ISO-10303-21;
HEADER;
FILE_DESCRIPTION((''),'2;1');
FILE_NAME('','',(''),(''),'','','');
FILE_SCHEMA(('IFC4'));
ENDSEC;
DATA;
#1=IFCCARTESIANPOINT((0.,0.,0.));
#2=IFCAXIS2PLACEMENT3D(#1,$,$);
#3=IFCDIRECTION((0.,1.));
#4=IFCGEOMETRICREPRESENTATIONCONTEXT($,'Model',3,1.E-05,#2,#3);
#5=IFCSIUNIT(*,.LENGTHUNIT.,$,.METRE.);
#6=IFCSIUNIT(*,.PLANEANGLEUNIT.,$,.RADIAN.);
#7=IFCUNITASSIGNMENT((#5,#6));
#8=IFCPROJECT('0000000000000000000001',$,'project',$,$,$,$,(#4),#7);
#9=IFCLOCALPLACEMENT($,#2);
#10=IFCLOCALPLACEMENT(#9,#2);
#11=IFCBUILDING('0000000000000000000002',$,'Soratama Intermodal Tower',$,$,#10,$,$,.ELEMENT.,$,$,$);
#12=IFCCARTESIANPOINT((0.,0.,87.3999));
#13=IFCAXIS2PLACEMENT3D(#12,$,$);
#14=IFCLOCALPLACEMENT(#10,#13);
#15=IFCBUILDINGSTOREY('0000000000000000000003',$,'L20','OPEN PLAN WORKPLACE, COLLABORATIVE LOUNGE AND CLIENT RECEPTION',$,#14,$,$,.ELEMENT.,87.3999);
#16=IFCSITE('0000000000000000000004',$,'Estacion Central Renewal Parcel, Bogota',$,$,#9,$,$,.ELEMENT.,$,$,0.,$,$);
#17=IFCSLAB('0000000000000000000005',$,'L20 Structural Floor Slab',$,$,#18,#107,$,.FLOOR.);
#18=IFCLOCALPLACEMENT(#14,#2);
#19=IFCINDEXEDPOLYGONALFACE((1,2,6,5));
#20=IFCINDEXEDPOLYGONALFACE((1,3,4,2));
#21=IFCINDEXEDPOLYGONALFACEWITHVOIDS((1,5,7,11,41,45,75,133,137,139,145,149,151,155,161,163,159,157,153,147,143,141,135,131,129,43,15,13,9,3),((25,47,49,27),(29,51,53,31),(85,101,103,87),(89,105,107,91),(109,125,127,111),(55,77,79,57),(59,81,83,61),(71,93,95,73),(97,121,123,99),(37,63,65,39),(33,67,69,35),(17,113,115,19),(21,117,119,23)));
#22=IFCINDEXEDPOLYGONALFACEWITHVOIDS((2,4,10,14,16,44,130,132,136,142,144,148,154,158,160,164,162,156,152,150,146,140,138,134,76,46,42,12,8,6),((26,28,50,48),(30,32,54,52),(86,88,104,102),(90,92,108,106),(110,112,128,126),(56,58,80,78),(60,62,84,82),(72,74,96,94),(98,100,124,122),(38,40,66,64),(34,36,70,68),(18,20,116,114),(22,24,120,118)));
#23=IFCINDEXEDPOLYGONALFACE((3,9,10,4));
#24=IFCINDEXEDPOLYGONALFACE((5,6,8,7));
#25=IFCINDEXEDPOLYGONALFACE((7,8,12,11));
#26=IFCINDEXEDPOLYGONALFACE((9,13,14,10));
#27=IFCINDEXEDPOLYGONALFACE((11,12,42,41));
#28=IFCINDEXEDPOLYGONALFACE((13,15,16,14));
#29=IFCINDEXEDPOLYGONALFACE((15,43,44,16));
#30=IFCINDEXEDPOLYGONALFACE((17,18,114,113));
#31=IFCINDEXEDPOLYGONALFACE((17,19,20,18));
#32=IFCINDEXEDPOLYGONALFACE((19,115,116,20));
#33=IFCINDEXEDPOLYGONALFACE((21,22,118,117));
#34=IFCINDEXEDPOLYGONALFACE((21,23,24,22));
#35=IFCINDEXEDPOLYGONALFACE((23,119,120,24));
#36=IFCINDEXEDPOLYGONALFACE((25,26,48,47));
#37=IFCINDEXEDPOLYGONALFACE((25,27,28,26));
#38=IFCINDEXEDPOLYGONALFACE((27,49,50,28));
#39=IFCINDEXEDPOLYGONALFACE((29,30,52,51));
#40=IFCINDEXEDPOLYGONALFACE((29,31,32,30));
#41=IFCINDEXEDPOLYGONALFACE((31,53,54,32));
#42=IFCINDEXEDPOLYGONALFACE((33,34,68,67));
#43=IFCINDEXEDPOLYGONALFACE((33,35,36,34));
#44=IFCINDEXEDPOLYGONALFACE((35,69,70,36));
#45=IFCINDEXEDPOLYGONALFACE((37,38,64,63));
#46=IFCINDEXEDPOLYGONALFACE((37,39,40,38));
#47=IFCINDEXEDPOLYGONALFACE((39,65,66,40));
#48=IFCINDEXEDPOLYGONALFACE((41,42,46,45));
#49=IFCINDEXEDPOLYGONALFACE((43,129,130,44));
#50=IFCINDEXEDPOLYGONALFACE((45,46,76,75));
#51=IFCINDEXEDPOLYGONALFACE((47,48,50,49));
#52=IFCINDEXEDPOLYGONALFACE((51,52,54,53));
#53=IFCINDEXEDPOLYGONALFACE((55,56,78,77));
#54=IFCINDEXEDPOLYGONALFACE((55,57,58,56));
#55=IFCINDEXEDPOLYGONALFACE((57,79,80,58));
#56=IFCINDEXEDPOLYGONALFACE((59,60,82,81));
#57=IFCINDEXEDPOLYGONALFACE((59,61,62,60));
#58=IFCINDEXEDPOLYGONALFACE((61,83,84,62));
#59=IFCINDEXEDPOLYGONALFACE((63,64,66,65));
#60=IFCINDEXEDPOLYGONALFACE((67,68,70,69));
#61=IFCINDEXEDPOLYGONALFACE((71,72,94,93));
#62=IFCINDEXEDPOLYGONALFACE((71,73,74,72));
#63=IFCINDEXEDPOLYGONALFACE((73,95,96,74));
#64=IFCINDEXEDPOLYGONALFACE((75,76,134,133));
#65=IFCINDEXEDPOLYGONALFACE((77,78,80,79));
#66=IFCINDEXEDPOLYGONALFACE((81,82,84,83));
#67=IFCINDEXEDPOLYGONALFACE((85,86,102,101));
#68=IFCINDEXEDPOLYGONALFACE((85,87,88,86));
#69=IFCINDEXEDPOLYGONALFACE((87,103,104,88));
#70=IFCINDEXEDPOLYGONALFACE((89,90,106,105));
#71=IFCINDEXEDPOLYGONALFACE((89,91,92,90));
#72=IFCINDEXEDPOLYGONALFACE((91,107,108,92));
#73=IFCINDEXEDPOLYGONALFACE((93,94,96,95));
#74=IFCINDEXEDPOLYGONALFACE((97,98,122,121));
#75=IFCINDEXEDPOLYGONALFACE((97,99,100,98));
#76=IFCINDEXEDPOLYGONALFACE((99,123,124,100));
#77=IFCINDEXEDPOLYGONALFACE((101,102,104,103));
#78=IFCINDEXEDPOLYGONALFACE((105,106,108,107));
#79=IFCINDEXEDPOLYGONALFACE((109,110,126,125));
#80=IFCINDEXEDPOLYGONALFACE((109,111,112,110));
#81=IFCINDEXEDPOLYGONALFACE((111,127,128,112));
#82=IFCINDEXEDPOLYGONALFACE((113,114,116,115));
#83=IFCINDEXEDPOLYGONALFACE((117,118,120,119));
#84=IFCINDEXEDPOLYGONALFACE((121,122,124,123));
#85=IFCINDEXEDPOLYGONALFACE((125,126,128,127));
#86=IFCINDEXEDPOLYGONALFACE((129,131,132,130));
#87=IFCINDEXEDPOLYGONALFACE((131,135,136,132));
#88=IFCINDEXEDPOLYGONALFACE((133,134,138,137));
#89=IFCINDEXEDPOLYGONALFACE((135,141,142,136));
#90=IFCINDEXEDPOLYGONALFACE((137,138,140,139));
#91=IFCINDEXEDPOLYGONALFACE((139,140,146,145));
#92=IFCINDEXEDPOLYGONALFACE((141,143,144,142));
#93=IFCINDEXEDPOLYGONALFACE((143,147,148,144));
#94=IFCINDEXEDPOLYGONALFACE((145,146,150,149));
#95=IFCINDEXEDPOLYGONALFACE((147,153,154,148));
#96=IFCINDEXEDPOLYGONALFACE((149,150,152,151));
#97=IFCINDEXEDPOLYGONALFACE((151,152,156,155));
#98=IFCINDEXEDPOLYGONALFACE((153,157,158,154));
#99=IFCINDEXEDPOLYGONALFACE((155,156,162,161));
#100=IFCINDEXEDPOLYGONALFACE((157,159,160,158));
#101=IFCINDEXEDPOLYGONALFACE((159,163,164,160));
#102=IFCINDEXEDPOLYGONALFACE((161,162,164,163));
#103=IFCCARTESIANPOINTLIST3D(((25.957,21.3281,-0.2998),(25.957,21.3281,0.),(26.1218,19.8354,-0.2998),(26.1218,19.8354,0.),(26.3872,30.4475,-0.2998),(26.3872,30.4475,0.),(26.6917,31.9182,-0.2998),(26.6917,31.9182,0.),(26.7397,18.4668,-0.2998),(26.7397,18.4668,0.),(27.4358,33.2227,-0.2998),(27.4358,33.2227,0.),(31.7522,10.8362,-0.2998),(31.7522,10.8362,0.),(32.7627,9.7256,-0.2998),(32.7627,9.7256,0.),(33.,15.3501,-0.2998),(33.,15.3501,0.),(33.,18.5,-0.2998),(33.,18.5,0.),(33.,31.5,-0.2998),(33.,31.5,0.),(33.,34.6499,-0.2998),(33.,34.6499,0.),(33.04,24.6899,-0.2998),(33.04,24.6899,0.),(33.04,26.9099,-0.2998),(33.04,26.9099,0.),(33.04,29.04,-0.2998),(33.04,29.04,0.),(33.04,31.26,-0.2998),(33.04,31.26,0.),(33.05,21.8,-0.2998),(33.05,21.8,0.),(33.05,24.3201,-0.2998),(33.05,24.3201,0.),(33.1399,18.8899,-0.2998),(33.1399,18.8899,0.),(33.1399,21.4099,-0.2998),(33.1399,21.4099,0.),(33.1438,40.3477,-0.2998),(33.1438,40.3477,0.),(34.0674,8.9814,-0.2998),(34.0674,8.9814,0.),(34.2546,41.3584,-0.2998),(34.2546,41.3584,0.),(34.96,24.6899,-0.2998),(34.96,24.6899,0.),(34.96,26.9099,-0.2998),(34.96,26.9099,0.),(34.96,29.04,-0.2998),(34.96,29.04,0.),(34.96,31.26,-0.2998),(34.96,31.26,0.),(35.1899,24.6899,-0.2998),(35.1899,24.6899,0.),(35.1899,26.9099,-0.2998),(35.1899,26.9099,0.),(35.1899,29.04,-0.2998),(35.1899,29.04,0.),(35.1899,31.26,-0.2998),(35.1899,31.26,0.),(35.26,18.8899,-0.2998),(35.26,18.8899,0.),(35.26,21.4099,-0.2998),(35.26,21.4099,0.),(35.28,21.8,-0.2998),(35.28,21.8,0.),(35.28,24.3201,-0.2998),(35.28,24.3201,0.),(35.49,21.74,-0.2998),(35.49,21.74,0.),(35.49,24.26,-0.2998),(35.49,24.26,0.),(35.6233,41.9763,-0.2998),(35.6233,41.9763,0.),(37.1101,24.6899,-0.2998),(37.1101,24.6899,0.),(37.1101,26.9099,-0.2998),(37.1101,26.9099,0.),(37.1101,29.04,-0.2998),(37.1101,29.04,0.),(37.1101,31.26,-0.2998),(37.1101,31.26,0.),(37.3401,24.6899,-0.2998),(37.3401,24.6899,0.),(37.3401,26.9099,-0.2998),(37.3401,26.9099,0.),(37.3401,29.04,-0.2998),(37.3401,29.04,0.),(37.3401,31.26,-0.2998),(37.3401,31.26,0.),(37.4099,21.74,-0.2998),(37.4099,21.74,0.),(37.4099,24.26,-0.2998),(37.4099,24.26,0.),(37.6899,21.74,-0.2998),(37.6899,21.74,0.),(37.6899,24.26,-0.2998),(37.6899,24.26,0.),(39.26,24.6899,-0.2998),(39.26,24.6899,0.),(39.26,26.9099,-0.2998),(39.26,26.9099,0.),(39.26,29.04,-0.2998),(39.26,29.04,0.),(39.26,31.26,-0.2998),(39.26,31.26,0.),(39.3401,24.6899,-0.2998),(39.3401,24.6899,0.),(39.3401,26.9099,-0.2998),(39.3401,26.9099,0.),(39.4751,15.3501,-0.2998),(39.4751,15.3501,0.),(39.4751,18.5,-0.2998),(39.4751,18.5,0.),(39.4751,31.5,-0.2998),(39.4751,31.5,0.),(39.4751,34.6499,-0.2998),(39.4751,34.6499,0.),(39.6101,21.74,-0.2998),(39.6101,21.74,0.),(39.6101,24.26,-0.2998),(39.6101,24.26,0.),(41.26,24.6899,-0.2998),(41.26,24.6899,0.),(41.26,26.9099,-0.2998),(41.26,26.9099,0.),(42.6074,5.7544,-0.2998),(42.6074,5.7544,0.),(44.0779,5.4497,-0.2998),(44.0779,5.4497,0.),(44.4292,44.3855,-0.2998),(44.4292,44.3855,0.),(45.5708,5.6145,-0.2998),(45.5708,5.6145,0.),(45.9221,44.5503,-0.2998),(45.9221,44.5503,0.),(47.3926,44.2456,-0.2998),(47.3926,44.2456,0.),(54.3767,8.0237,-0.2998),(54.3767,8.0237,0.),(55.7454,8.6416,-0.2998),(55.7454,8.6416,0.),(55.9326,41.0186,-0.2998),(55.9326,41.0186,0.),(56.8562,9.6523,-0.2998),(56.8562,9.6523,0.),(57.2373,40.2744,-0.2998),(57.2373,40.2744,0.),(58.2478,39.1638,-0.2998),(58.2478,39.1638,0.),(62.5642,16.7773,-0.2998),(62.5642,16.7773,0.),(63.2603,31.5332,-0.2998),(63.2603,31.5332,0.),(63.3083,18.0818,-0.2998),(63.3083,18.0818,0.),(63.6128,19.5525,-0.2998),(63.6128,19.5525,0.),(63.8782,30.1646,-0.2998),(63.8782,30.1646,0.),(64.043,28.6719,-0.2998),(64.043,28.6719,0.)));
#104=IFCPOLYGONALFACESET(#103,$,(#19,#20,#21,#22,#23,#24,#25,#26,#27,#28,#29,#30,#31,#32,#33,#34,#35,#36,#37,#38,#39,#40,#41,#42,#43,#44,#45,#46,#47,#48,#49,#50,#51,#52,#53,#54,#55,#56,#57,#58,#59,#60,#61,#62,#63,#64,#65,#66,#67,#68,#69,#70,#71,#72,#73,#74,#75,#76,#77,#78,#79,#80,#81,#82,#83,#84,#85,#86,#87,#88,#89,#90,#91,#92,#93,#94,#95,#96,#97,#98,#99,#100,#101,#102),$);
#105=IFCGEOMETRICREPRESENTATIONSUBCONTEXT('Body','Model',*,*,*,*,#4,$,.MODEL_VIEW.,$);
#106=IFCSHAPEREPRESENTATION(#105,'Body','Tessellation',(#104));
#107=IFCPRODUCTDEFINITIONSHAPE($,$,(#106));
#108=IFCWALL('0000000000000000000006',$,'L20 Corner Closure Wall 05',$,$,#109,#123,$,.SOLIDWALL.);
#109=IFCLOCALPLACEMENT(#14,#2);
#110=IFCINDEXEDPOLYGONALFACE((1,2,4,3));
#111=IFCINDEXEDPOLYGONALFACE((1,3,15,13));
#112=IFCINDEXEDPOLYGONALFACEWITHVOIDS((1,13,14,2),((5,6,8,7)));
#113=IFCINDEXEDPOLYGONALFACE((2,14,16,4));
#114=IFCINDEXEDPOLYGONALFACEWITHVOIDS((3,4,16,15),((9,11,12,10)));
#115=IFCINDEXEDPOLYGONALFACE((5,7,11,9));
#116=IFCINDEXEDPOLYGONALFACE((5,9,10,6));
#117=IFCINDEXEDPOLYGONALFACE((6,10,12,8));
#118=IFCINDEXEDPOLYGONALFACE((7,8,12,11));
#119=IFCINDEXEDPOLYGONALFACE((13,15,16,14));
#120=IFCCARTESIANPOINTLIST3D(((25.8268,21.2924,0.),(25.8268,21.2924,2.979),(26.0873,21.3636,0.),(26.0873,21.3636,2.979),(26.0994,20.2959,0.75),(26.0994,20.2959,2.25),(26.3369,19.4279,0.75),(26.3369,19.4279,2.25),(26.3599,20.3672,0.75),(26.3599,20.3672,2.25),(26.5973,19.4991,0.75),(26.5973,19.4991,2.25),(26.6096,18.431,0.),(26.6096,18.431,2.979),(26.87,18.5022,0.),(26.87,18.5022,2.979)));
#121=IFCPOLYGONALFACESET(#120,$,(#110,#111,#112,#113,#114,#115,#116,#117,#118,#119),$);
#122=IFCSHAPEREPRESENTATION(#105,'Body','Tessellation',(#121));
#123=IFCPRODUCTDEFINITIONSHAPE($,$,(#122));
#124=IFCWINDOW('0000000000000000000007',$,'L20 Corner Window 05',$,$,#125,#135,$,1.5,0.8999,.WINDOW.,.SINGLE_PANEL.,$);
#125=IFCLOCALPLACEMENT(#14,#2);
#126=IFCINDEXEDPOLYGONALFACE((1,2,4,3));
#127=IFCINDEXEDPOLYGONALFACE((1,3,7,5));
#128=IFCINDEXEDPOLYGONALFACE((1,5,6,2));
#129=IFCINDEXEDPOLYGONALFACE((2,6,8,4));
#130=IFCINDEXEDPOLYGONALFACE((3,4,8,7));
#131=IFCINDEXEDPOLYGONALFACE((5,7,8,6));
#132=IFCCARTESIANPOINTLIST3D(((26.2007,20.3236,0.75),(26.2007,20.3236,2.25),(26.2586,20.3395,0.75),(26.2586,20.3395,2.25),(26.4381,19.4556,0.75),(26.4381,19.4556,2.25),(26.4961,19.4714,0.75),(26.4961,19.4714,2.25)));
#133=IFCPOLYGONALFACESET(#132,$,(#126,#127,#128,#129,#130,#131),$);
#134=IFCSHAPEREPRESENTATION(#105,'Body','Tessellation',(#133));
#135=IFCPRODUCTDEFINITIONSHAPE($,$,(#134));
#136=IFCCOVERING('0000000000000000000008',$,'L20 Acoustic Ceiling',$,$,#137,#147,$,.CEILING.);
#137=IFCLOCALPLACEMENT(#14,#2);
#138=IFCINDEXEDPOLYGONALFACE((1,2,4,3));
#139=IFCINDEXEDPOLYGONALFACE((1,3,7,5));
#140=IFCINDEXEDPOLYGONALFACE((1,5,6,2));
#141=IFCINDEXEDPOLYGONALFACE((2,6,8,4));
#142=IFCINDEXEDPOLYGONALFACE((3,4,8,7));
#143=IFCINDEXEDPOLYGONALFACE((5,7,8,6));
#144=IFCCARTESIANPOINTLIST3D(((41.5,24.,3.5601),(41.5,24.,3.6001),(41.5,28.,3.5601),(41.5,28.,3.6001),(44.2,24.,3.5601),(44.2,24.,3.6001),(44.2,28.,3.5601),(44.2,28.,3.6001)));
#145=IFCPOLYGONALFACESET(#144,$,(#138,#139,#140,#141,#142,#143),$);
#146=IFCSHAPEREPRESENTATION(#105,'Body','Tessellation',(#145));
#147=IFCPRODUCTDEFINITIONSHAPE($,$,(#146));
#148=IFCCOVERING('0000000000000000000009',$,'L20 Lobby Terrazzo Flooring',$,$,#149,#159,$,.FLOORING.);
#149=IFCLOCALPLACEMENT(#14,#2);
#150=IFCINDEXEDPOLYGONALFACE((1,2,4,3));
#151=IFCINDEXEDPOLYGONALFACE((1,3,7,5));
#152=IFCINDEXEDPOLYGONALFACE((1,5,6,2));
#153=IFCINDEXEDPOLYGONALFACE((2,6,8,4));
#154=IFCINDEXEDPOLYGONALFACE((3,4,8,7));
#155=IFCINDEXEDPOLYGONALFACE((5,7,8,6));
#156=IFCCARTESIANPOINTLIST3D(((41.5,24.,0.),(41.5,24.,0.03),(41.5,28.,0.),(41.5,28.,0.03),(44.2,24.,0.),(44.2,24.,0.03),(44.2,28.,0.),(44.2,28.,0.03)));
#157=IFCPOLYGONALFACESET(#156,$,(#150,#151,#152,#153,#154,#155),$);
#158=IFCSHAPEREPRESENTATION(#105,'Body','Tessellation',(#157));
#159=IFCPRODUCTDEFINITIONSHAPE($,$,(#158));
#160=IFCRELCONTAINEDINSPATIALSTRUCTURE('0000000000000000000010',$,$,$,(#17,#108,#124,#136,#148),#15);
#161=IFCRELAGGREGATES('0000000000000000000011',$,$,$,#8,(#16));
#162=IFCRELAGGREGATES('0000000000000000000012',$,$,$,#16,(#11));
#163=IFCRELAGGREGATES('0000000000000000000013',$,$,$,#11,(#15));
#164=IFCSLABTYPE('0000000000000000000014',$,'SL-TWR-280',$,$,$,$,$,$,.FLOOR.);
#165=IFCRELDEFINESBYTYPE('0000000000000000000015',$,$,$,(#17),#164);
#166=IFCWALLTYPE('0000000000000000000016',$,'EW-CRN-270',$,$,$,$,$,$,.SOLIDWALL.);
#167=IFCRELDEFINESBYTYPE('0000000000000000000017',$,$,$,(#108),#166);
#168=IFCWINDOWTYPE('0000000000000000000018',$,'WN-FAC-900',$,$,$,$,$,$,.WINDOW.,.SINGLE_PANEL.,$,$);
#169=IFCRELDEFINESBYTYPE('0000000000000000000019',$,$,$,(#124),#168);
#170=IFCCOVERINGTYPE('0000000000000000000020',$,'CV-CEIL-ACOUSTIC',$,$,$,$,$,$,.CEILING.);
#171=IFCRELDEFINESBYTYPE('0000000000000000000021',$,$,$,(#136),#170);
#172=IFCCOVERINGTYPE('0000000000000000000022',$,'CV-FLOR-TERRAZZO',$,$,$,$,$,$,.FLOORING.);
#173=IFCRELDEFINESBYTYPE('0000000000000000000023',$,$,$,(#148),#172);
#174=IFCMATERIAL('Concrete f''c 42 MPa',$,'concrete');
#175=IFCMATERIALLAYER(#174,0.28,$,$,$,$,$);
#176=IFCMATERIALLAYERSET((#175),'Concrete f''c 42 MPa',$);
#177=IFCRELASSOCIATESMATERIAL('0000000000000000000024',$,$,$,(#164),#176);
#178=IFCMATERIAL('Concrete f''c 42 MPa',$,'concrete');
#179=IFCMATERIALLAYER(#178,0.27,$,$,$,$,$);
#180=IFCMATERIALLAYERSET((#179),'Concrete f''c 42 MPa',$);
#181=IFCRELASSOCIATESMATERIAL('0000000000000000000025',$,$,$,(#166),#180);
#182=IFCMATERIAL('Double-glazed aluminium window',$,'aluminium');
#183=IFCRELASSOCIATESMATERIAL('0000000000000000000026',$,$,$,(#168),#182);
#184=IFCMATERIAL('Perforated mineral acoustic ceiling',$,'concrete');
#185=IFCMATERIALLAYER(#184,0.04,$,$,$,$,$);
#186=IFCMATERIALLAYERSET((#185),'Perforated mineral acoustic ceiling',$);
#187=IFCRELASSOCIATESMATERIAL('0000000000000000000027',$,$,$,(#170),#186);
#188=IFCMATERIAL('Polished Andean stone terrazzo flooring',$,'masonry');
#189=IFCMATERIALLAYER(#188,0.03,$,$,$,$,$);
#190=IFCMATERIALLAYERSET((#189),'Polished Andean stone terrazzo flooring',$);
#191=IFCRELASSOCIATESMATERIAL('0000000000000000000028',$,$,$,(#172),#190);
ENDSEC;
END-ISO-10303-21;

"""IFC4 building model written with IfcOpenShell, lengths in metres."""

from ifc_helpers import new_model, si_unit, direction, frame, frame_2d, origin, place, context, subcontext, project, spatial, polyline, rectangle, outline, extrude, material, layer, layer_set, type_object, element, fill, save


model = new_model("IFC4")

# Units and contexts
model_context = context("Model", 3, precision=1e-05, world=origin(), true_north=direction((0.0, 1.0)))
body_context = subcontext(model_context, "Body", "Model", "MODEL_VIEW")
ifc_project = project(units=[si_unit("LENGTHUNIT", "METRE"), si_unit("PLANEANGLEUNIT", "RADIAN")], contexts=[model_context])

# Site, building, storey
site_placement = place(None, origin())
site = spatial("IfcSite", under=ifc_project, at=site_placement, Name="Estacion Central Renewal Parcel, Bogota", CompositionType="ELEMENT", RefElevation=0.0)
building_placement = place(site_placement, origin())
building = spatial("IfcBuilding", under=site, at=building_placement, Name="Soratama Intermodal Tower", CompositionType="ELEMENT")
storey_placement = place(building_placement, frame((0.0, 0.0, 87.3999)))
storey = spatial("IfcBuildingStorey", under=building, at=storey_placement, Name="L20", Description="OPEN PLAN WORKPLACE, COLLABORATIVE LOUNGE AND CLIENT RECEPTION", CompositionType="ELEMENT", Elevation=87.3999)

# Slab
ifc_material_1 = material(Name="Concrete f'c 42 MPa", Category="concrete")
ifc_layer_1 = layer(ifc_material_1, 0.28)
ifc_layer_set_1 = layer_set([ifc_layer_1], Name="Concrete f'c 42 MPa")
slab_type_1 = type_object("IfcSlabType", Name="SL-TWR-280", PredefinedType="FLOOR", material=ifc_layer_set_1)
slab_1_placement = place(storey_placement, frame((0.0, 0.0, -0.2998)))
element("IfcSlab", 1, at=slab_1_placement, inside=storey, type_object=slab_type_1, Name="L20 Structural Floor Slab", PredefinedType="FLOOR", context=body_context, shape_type="SweptSolid", body=[
    extrude(outline(polyline([(64.043, 28.6719), (63.8782, 30.1646), (63.2603, 31.5332), (58.2478, 39.1638), (57.2373, 40.2744), (55.9326, 41.0186), (47.3926, 44.2456), (45.9221, 44.5503), (44.4292, 44.3855), (35.6233, 41.9763), (34.2546, 41.3584), (33.1438, 40.3477), (27.4358, 33.2227), (26.6917, 31.9182), (26.3872, 30.4475), (25.957, 21.3281), (26.1218, 19.8354), (26.7397, 18.4668), (31.7522, 10.8362), (32.7627, 9.7256), (34.0674, 8.9814), (42.6074, 5.7544), (44.0779, 5.4497), (45.5708, 5.6145), (54.3767, 8.0237), (55.7454, 8.6416), (56.8562, 9.6523), (62.5642, 16.7773), (63.3083, 18.0818), (63.6128, 19.5525), (64.043, 28.6719)]), holes=[polyline([(33.0, 18.5), (33.0, 15.3501), (39.4751, 15.3501), (39.4751, 18.5), (33.0, 18.5)]), polyline([(35.26, 18.8899), (35.26, 21.4099), (33.1399, 21.4099), (33.1399, 18.8899), (35.26, 18.8899)]), polyline([(33.05, 21.8), (35.28, 21.8), (35.28, 24.3201), (33.05, 24.3201), (33.05, 21.8)]), polyline([(34.96, 26.9099), (33.04, 26.9099), (33.04, 24.6899), (34.96, 24.6899), (34.96, 26.9099)]), polyline([(37.1101, 24.6899), (37.1101, 26.9099), (35.1899, 26.9099), (35.1899, 24.6899), (37.1101, 24.6899)]), polyline([(34.96, 29.04), (34.96, 31.26), (33.04, 31.26), (33.04, 29.04), (34.96, 29.04)]), polyline([(37.1101, 31.26), (35.1899, 31.26), (35.1899, 29.04), (37.1101, 29.04), (37.1101, 31.26)]), polyline([(37.4099, 21.74), (37.4099, 24.26), (35.49, 24.26), (35.49, 21.74), (37.4099, 21.74)]), polyline([(39.6101, 21.74), (39.6101, 24.26), (37.6899, 24.26), (37.6899, 21.74), (39.6101, 21.74)]), polyline([(39.26, 24.6899), (39.26, 26.9099), (37.3401, 26.9099), (37.3401, 24.6899), (39.26, 24.6899)]), polyline([(41.26, 24.6899), (41.26, 26.9099), (39.3401, 26.9099), (39.3401, 24.6899), (41.26, 24.6899)]), polyline([(39.26, 29.04), (39.26, 31.26), (37.3401, 31.26), (37.3401, 29.04), (39.26, 29.04)]), polyline([(39.4751, 34.6499), (33.0, 34.6499), (33.0, 31.5), (39.4751, 31.5), (39.4751, 34.6499)])]), origin(), (0.0, 0.0, 1.0), 0.2998),
])

# Wall, opening, window
ifc_material_2 = material(Name="Concrete f'c 42 MPa", Category="concrete")
ifc_layer_2 = layer(ifc_material_2, 0.27)
ifc_layer_set_2 = layer_set([ifc_layer_2], Name="Concrete f'c 42 MPa")
wall_type = type_object("IfcWallType", Name="EW-CRN-270", PredefinedType="SOLIDWALL", material=ifc_layer_set_2)
wall_placement = place(storey_placement, frame((25.957, 21.3281, 0.0), z_axis=(0.0, 0.0, 1.0), x_axis=(0.263856, -0.964562, 0.0)))
wall = element("IfcWall", 2, at=wall_placement, inside=storey, type_object=wall_type, Name="L20 Corner Closure Wall 05", PredefinedType="SOLIDWALL", context=body_context, shape_type="SweptSolid", body=[
    extrude(rectangle(XDim=2.9666, YDim=0.27, at=frame_2d((1.4834, 0.0))), origin(), (0.0, 0.0, 1.0), 2.979),
])
opening_placement = place(wall_placement, frame((1.0332, 0.0, 0.75)))
opening = element("IfcOpeningElement", 3, at=opening_placement, cuts=wall, PredefinedType="OPENING", context=body_context, shape_type="SweptSolid", body=[
    extrude(rectangle(XDim=0.8999, YDim=1.5, at=frame_2d((0.45, 0.75))), frame((0.0, 0.145, 0.0), z_axis=(0.0, -1.0, 0.0), x_axis=(1.0, 0.0, 0.0)), (0.0, 0.0, 1.0), 0.29),
])
ifc_material_3 = material(Name="Double-glazed aluminium window", Category="aluminium")
window_type = type_object("IfcWindowType", Name="WN-FAC-900", PartitioningType="SINGLE_PANEL", PredefinedType="WINDOW", material=ifc_material_3)
window_placement = place(opening_placement, origin())
window = element("IfcWindow", 4, at=window_placement, inside=storey, type_object=window_type, Name="L20 Corner Window 05", OverallHeight=1.5, OverallWidth=0.8999, PartitioningType="SINGLE_PANEL", PredefinedType="WINDOW", context=body_context, shape_type="SweptSolid", body=[
    extrude(rectangle(XDim=0.8999, YDim=1.5, at=frame_2d((0.45, 0.75))), frame((0.0, 0.03, 0.0), z_axis=(0.0, -1.0, 0.0), x_axis=(1.0, 0.0, 0.0)), (0.0, 0.0, 1.0), 0.0601),
])
fill(opening, window)

# Coverings
ifc_material_4 = material(Name="Perforated mineral acoustic ceiling", Category="concrete")
ifc_layer_3 = layer(ifc_material_4, 0.04)
ifc_layer_set_3 = layer_set([ifc_layer_3], Name="Perforated mineral acoustic ceiling")
covering_type_1 = type_object("IfcCoveringType", Name="CV-CEIL-ACOUSTIC", PredefinedType="CEILING", material=ifc_layer_set_3)
covering_1_placement = place(storey_placement, frame((0.0, 0.0, 3.5601)))
element("IfcCovering", 5, at=covering_1_placement, inside=storey, type_object=covering_type_1, Name="L20 Acoustic Ceiling", PredefinedType="CEILING", context=body_context, shape_type="SweptSolid", body=[
    extrude(outline(polyline([(41.5, 24.0), (44.2, 24.0), (44.2, 28.0), (41.5, 28.0), (41.5, 24.0)])), origin(), (0.0, 0.0, 1.0), 0.04),
])
ifc_material_5 = material(Name="Polished Andean stone terrazzo flooring", Category="masonry")
ifc_layer_4 = layer(ifc_material_5, 0.03)
ifc_layer_set_4 = layer_set([ifc_layer_4], Name="Polished Andean stone terrazzo flooring")
covering_type_2 = type_object("IfcCoveringType", Name="CV-FLOR-TERRAZZO", PredefinedType="FLOORING", material=ifc_layer_set_4)
covering_2_placement = place(storey_placement, origin())
element("IfcCovering", 6, at=covering_2_placement, inside=storey, type_object=covering_type_2, Name="L20 Lobby Terrazzo Flooring", PredefinedType="FLOORING", context=body_context, shape_type="SweptSolid", body=[
    extrude(outline(polyline([(41.5, 24.0), (44.2, 24.0), (44.2, 28.0), (41.5, 28.0), (41.5, 24.0)])), origin(), (0.0, 0.0, 1.0), 0.03),
])

save(model, "model.ifc")
